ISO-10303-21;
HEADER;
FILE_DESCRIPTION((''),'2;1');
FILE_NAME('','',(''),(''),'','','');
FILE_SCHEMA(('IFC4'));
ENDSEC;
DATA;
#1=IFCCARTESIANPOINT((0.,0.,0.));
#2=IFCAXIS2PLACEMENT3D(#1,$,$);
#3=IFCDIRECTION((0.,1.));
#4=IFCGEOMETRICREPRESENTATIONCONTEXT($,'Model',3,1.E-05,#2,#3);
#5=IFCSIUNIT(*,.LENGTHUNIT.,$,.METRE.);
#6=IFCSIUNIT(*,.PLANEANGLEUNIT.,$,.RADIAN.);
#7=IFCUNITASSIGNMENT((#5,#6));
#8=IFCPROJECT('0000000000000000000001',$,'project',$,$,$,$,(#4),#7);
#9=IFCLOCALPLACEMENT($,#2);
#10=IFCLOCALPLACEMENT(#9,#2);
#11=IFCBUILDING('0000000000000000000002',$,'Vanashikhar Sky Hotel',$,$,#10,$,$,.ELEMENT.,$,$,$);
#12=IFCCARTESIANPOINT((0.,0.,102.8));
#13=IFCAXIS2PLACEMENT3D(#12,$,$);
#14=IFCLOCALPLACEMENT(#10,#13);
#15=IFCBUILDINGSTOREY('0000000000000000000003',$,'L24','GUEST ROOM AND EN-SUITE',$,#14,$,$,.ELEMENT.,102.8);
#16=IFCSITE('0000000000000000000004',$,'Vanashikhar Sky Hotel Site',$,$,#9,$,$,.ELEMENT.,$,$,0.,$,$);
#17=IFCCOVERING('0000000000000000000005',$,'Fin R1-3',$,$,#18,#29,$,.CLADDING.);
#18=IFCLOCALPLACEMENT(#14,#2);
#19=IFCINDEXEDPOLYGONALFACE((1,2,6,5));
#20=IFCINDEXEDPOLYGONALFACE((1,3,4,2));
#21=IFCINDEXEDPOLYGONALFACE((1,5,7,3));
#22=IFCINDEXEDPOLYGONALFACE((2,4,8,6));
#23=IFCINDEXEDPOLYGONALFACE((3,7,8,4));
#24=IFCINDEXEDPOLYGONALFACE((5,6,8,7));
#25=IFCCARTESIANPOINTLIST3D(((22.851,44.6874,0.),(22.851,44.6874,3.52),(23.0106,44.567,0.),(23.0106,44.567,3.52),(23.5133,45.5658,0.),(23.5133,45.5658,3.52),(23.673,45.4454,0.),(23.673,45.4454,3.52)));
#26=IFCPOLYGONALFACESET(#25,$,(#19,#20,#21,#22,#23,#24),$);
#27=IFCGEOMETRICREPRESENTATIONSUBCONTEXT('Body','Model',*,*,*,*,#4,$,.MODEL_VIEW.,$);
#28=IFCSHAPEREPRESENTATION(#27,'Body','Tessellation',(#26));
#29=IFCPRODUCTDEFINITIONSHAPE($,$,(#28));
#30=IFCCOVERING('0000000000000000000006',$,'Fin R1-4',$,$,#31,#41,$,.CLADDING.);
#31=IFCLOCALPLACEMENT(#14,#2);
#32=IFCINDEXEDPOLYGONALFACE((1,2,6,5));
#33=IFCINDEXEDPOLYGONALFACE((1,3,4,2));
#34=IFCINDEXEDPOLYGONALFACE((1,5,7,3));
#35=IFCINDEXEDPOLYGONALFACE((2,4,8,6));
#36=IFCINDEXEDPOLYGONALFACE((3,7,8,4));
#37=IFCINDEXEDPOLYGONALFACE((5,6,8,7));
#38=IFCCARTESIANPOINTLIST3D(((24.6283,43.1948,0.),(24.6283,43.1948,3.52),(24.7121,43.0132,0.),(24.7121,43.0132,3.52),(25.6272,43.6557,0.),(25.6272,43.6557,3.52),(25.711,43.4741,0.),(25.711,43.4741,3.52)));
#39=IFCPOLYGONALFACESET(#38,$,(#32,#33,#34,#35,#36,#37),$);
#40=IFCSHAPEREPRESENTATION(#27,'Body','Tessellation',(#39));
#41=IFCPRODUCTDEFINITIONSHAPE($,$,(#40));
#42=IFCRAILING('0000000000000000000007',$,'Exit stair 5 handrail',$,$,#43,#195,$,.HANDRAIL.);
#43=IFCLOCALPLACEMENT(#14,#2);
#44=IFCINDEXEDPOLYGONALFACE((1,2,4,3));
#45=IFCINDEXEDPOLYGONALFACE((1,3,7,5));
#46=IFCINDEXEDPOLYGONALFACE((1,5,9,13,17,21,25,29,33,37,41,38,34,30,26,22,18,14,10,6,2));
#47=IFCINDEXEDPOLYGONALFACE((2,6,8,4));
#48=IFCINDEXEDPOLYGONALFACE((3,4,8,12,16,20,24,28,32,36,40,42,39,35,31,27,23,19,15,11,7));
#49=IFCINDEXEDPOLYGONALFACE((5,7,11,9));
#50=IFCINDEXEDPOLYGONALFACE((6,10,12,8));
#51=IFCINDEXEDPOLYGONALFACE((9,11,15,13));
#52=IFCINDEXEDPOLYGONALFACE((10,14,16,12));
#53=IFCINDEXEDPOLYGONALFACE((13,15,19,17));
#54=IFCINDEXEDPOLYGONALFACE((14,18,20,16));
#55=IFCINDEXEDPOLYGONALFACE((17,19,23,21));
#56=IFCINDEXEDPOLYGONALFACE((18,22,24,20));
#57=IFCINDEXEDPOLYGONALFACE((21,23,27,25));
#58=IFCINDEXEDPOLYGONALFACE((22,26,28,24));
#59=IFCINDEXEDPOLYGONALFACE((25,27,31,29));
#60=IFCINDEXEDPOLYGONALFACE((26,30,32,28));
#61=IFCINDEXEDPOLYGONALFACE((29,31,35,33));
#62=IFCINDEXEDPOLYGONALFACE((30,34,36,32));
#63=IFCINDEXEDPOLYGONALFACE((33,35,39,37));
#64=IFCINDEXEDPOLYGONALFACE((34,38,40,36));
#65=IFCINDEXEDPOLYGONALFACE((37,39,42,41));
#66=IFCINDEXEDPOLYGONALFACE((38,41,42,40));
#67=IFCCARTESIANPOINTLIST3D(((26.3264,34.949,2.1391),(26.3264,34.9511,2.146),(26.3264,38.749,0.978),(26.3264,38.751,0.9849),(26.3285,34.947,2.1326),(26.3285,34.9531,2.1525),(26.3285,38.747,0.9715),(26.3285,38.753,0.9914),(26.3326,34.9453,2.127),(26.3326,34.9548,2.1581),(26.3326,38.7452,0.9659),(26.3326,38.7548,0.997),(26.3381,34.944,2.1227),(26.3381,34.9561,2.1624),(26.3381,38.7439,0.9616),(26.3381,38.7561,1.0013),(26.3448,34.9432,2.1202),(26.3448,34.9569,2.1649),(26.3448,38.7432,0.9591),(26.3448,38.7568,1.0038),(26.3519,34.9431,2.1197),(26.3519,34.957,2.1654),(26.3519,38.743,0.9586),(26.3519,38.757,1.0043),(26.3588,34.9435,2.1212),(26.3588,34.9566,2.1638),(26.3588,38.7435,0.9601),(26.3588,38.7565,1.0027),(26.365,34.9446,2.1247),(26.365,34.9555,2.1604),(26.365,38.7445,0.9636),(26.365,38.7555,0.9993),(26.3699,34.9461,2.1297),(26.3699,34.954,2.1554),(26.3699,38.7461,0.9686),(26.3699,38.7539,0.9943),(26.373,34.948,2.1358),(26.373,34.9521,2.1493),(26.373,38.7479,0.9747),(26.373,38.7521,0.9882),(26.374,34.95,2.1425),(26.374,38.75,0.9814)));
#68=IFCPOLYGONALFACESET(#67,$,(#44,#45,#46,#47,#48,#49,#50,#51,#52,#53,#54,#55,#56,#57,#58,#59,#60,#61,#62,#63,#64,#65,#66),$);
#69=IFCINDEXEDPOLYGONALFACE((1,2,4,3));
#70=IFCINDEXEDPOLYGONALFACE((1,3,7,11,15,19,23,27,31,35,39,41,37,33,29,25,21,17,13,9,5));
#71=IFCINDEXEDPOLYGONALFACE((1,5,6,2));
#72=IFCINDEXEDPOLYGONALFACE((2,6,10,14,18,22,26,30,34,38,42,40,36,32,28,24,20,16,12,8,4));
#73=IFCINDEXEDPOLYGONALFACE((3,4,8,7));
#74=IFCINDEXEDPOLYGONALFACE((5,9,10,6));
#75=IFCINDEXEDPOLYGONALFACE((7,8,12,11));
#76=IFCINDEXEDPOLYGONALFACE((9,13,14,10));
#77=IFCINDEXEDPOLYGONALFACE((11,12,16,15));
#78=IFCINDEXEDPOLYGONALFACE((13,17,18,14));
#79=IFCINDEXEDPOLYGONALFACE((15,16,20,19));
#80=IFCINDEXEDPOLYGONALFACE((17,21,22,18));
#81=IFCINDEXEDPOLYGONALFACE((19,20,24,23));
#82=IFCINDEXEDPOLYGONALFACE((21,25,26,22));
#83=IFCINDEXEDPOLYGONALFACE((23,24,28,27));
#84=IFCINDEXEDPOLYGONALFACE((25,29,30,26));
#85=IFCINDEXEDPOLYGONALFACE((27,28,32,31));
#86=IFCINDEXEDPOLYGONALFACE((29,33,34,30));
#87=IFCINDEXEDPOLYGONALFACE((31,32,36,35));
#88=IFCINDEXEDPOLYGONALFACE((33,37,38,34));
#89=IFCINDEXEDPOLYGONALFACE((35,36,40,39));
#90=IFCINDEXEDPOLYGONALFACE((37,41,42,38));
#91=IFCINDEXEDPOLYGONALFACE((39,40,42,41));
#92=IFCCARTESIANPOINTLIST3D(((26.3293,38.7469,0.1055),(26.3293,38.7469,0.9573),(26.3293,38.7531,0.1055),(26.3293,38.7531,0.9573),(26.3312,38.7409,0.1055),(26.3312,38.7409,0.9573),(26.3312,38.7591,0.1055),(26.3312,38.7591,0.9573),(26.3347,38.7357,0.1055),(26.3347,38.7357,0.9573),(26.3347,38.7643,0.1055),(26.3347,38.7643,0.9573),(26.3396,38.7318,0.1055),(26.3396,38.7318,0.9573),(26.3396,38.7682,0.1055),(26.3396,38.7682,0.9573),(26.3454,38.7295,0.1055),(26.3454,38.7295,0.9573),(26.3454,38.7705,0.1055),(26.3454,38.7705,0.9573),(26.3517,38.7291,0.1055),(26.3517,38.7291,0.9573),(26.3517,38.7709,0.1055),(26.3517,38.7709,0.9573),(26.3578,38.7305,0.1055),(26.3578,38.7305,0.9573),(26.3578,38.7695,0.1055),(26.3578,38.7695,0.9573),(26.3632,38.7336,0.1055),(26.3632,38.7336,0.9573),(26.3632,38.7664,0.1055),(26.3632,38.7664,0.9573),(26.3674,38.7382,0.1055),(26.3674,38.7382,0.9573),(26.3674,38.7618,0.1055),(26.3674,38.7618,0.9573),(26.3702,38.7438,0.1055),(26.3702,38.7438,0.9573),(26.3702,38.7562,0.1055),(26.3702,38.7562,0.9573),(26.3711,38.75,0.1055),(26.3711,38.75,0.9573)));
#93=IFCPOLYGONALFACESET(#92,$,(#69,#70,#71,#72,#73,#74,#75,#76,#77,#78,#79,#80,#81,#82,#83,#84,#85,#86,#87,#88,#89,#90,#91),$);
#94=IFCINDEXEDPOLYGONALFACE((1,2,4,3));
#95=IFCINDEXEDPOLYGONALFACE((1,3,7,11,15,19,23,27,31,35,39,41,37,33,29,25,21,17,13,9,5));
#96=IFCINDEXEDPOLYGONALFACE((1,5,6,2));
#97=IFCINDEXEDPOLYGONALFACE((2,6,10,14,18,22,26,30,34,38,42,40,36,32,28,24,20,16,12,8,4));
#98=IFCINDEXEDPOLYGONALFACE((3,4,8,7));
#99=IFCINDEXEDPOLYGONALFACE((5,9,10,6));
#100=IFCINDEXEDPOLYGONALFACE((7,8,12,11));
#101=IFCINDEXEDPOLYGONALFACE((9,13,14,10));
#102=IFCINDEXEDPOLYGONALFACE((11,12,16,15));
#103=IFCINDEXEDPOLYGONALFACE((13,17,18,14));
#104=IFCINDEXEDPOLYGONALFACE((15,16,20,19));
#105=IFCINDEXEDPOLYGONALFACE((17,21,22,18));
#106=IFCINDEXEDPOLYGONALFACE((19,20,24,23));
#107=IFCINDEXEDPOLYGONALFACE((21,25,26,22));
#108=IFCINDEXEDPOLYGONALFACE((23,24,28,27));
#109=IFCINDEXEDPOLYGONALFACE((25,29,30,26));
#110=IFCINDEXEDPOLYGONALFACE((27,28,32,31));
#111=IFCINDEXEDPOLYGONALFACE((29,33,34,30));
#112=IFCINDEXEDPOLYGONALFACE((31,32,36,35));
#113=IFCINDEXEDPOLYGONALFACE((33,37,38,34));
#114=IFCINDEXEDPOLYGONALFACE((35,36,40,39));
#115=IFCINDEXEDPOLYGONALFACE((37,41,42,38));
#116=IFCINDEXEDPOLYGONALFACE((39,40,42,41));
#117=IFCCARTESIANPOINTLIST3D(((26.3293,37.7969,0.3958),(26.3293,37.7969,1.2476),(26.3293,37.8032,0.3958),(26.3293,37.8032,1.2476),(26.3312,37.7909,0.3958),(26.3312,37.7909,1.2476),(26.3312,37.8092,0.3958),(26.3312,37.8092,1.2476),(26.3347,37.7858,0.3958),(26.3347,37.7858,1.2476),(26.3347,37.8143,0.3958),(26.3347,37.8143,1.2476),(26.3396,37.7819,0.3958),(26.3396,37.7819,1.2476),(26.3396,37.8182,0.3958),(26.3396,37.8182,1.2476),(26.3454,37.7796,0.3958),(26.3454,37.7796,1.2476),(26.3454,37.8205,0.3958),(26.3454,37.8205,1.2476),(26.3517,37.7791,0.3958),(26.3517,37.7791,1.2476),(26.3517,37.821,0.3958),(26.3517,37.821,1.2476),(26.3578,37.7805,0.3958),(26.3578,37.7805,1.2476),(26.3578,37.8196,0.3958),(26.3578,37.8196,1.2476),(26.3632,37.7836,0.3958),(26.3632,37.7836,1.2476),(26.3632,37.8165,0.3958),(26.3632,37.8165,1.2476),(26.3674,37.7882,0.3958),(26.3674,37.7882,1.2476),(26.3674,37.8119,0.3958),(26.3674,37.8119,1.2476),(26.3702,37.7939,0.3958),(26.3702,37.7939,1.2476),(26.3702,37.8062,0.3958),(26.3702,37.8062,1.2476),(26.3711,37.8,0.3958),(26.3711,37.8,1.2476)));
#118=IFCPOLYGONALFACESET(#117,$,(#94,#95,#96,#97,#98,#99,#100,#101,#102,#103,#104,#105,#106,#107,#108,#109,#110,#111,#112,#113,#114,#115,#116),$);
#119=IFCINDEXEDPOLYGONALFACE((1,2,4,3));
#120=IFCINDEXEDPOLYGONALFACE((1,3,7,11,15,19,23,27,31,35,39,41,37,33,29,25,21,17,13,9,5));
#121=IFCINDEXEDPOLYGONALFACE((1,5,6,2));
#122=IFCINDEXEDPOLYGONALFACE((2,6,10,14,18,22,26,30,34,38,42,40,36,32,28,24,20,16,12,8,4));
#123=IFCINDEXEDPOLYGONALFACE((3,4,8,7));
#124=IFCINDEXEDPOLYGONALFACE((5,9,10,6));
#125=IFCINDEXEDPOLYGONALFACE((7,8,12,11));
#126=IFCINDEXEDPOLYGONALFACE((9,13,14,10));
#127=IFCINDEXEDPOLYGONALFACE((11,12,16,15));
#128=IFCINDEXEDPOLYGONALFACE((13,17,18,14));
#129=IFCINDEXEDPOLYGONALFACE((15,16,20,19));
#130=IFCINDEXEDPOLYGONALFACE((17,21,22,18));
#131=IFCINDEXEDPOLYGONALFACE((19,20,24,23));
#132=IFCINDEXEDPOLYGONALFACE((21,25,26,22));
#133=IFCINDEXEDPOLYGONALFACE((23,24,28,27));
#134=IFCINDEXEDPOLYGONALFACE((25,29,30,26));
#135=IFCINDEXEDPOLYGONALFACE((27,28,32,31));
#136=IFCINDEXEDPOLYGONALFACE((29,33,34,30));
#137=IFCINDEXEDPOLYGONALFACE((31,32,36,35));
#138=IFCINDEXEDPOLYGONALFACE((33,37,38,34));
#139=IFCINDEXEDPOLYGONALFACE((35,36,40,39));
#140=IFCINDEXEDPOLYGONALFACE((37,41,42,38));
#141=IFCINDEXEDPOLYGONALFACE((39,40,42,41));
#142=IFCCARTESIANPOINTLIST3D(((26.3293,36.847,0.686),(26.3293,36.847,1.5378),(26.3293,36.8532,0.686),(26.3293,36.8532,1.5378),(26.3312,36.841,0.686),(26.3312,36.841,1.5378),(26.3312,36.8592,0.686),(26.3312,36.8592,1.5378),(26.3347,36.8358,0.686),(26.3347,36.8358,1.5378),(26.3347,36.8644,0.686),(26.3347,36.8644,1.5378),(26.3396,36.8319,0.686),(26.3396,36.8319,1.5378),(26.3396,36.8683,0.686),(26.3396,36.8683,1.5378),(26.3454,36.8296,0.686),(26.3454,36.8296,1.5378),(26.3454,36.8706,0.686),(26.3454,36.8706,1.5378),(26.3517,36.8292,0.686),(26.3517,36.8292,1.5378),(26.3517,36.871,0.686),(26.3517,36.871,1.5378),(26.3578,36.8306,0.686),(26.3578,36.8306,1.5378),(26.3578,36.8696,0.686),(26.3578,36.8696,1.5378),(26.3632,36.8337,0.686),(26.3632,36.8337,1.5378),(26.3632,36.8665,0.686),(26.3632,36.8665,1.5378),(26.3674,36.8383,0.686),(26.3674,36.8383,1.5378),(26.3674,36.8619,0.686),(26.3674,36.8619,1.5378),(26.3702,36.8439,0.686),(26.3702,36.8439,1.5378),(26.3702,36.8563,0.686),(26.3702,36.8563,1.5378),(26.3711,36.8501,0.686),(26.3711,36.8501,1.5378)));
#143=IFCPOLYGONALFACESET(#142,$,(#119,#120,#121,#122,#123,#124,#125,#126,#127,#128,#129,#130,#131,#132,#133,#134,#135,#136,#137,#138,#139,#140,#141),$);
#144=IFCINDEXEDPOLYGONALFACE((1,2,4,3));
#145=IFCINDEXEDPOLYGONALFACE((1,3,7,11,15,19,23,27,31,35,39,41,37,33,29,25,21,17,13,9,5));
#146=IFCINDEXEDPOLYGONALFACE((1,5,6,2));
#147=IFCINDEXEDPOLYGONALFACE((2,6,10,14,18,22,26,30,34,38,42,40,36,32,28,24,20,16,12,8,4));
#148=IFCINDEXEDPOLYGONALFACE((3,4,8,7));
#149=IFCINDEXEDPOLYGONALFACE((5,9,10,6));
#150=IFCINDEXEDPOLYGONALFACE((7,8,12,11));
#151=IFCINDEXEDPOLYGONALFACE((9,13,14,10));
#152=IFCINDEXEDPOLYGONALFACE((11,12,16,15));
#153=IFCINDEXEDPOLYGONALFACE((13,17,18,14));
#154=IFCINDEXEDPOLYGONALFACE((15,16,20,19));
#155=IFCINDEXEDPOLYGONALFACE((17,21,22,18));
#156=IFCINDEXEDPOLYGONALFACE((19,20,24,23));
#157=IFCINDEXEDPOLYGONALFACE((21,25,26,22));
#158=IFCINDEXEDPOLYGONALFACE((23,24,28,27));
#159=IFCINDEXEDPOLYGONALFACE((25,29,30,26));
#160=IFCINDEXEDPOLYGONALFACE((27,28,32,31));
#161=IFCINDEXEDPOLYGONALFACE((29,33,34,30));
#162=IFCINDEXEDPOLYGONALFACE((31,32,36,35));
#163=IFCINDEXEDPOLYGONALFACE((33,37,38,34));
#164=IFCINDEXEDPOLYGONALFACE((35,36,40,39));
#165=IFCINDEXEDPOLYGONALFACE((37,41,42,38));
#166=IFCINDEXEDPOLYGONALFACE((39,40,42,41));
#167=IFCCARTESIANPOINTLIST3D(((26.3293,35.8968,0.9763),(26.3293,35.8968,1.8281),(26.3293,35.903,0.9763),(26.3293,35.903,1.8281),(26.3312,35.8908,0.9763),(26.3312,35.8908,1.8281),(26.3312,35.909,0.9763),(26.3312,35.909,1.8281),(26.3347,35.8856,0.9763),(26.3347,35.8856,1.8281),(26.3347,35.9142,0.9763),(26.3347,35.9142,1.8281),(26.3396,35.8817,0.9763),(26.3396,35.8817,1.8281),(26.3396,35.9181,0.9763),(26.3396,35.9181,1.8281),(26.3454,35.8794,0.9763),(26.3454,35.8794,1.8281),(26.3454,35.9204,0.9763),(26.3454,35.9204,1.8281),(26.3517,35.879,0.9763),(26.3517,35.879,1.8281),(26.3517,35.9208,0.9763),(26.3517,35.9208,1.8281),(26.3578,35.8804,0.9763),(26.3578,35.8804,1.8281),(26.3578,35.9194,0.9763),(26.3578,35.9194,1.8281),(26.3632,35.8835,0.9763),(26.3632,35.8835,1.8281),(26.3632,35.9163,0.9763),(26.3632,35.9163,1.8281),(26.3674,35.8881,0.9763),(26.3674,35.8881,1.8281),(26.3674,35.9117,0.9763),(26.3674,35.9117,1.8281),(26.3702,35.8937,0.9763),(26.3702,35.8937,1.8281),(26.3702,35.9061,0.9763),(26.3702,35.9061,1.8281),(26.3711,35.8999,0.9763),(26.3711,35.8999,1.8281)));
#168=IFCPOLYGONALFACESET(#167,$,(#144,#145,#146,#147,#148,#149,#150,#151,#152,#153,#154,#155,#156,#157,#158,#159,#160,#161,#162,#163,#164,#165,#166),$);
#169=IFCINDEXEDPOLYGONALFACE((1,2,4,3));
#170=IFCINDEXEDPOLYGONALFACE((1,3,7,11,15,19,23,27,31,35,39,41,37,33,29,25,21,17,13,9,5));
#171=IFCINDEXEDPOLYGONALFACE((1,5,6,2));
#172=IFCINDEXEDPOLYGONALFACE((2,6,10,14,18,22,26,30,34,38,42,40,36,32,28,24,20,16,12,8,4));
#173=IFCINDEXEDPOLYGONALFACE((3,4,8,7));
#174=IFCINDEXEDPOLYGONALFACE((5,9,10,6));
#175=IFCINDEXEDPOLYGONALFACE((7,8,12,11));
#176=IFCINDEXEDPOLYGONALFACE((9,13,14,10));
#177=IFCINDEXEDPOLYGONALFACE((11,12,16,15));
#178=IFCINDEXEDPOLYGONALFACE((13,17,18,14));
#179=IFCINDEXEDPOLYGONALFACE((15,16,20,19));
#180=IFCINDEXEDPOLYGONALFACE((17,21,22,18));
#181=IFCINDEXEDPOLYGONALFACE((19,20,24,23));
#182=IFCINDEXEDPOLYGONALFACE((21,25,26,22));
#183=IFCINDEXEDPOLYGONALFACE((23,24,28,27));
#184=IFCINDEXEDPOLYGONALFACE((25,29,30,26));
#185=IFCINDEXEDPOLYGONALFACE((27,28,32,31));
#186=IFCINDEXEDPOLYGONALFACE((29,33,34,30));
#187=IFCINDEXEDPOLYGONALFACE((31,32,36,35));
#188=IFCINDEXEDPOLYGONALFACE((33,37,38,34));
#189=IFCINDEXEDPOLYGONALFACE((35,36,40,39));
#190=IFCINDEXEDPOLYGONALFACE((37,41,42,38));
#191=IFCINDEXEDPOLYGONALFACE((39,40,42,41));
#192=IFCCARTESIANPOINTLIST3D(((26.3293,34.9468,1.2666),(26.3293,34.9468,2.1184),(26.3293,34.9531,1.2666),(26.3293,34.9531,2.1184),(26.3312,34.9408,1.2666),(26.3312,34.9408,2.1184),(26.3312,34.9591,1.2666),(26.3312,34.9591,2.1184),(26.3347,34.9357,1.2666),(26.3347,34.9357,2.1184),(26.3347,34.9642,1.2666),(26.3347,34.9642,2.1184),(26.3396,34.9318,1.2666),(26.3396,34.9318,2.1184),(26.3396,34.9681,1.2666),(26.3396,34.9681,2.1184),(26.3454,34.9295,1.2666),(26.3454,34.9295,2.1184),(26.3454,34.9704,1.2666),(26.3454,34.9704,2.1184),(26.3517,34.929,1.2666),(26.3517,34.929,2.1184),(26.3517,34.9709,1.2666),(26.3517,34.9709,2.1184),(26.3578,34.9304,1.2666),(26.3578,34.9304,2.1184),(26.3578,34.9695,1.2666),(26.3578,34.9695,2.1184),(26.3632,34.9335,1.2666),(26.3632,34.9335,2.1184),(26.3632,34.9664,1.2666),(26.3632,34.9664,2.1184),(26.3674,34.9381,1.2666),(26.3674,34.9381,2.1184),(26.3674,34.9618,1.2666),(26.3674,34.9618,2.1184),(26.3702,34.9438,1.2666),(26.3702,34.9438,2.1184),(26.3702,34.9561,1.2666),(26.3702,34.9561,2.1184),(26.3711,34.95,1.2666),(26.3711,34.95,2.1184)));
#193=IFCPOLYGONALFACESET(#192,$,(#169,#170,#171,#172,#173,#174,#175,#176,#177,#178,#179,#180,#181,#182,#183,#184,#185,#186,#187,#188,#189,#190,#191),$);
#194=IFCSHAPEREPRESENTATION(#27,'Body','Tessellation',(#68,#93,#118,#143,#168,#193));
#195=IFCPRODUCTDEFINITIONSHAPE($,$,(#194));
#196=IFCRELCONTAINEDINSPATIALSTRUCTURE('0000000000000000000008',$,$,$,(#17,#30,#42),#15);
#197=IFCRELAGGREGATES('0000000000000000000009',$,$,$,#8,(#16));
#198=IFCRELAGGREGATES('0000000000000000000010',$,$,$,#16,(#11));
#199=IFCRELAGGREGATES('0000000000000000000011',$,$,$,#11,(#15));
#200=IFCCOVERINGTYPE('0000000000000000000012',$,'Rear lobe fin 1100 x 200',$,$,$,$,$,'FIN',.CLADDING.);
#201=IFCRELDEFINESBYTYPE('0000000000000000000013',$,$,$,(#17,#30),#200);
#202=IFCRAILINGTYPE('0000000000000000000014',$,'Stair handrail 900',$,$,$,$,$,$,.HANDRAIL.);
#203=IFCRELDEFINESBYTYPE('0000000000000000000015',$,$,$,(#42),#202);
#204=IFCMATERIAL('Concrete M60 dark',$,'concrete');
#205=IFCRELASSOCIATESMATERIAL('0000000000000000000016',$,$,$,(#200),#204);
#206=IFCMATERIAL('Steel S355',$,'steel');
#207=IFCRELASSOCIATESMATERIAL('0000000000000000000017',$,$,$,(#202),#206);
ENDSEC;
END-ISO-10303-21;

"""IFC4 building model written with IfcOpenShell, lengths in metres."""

from ifc_helpers import new_model, si_unit, direction, frame, origin, origin_2d, place, context, subcontext, project, spatial, rectangle, circle, extrude, source, transform, mapped, material, material_profile, profile_set, type_object, element, save


model = new_model("IFC4")

# Units and contexts
model_context = context("Model", 3, precision=1e-05, world=origin(), true_north=direction((0.0, 1.0)))
body_context = subcontext(model_context, "Body", "Model", "MODEL_VIEW")
ifc_project = project(units=[si_unit("LENGTHUNIT", "METRE"), si_unit("PLANEANGLEUNIT", "RADIAN")], contexts=[model_context])

# Site, building, storey
site_placement = place(None, origin())
site = spatial("IfcSite", under=ifc_project, at=site_placement, Name="Vanashikhar Sky Hotel Site", CompositionType="ELEMENT", RefElevation=0.0)
building_placement = place(site_placement, origin())
building = spatial("IfcBuilding", under=site, at=building_placement, Name="Vanashikhar Sky Hotel", CompositionType="ELEMENT")
storey_placement = place(building_placement, frame((0.0, 0.0, 102.8)))
storey = spatial("IfcBuildingStorey", under=building, at=storey_placement, Name="L24", Description="GUEST ROOM AND EN-SUITE", CompositionType="ELEMENT", Elevation=102.8)

# Coverings
ifc_material_1 = material(Name="Concrete M60 dark", Category="concrete")
ifc_material_profile = material_profile(ifc_material_1, rectangle(XDim=1.1001, YDim=0.2, at=origin_2d()))
ifc_profile_set = profile_set([ifc_material_profile], Name="Rear lobe fin 1100 x 200")
covering_type = type_object("IfcCoveringType", Name="Rear lobe fin 1100 x 200", ElementType="FIN", PredefinedType="CLADDING", material=ifc_profile_set)
shared_shape_1 = source(origin(), body_context, "Body", "SweptSolid", [
    extrude(rectangle(XDim=1.1001, YDim=0.2, at=origin_2d()), origin(), (0.0, 0.0, 1.0), 3.52),
])
for number, where, z_axis, x_axis, name in (
    (1, (23.262, 45.0664, 0.0), (0.0, 0.0, 1.0), (0.602066, 0.798446, 0.0), "Fin R1-3"),
    (2, (25.1697, 43.3345, 0.0), (0.0, 0.0, 1.0), (0.908004, 0.418961, 0.0), "Fin R1-4"),
):
    element("IfcCovering", number, at=place(storey_placement, frame(where, z_axis=z_axis, x_axis=x_axis)), inside=storey, type_object=covering_type, Name=name, PredefinedType="CLADDING", context=body_context, shape_type="MappedRepresentation", body=[
        mapped(shared_shape_1, transform((0.0, 0.0, 0.0), scale=1.0)),
    ])

# Railing
ifc_material_2 = material(Name="Steel S355", Category="steel")
railing_type = type_object("IfcRailingType", Name="Stair handrail 900", PredefinedType="HANDRAIL", material=ifc_material_2)
shared_shape_2 = source(origin(), body_context, "Body", "SweptSolid", [
    extrude(circle(Radius=0.0239, at=origin_2d()), frame((0.0, 0.0, 0.876), z_axis=(0.0, -0.956351, 0.29222), x_axis=(1.0, 0.0, 0.0)), (0.0, 0.0, 1.0), 3.9734),
    extrude(circle(Radius=0.021, at=origin_2d()), origin(), (0.0, 0.0, 1.0), 0.8518),
    extrude(circle(Radius=0.021, at=origin_2d()), frame((0.0, -0.95, 0.2903)), (0.0, 0.0, 1.0), 0.8518),
    extrude(circle(Radius=0.021, at=origin_2d()), frame((0.0, -1.8999, 0.5806)), (0.0, 0.0, 1.0), 0.8518),
    extrude(circle(Radius=0.021, at=origin_2d()), frame((0.0, -2.8501, 0.8708)), (0.0, 0.0, 1.0), 0.8518),
    extrude(circle(Radius=0.021, at=origin_2d()), frame((0.0, -3.8, 1.1611)), (0.0, 0.0, 1.0), 0.8518),
])
for number, where, name in (
    (3, (26.3501, 38.75, 0.1055), "Exit stair 5 handrail"),
):
    element("IfcRailing", number, at=place(storey_placement, frame(where)), inside=storey, type_object=railing_type, Name=name, PredefinedType="HANDRAIL", context=body_context, shape_type="MappedRepresentation", body=[
        mapped(shared_shape_2, transform((0.0, 0.0, 0.0), scale=1.0)),
    ])

save(model, "model.ifc")
